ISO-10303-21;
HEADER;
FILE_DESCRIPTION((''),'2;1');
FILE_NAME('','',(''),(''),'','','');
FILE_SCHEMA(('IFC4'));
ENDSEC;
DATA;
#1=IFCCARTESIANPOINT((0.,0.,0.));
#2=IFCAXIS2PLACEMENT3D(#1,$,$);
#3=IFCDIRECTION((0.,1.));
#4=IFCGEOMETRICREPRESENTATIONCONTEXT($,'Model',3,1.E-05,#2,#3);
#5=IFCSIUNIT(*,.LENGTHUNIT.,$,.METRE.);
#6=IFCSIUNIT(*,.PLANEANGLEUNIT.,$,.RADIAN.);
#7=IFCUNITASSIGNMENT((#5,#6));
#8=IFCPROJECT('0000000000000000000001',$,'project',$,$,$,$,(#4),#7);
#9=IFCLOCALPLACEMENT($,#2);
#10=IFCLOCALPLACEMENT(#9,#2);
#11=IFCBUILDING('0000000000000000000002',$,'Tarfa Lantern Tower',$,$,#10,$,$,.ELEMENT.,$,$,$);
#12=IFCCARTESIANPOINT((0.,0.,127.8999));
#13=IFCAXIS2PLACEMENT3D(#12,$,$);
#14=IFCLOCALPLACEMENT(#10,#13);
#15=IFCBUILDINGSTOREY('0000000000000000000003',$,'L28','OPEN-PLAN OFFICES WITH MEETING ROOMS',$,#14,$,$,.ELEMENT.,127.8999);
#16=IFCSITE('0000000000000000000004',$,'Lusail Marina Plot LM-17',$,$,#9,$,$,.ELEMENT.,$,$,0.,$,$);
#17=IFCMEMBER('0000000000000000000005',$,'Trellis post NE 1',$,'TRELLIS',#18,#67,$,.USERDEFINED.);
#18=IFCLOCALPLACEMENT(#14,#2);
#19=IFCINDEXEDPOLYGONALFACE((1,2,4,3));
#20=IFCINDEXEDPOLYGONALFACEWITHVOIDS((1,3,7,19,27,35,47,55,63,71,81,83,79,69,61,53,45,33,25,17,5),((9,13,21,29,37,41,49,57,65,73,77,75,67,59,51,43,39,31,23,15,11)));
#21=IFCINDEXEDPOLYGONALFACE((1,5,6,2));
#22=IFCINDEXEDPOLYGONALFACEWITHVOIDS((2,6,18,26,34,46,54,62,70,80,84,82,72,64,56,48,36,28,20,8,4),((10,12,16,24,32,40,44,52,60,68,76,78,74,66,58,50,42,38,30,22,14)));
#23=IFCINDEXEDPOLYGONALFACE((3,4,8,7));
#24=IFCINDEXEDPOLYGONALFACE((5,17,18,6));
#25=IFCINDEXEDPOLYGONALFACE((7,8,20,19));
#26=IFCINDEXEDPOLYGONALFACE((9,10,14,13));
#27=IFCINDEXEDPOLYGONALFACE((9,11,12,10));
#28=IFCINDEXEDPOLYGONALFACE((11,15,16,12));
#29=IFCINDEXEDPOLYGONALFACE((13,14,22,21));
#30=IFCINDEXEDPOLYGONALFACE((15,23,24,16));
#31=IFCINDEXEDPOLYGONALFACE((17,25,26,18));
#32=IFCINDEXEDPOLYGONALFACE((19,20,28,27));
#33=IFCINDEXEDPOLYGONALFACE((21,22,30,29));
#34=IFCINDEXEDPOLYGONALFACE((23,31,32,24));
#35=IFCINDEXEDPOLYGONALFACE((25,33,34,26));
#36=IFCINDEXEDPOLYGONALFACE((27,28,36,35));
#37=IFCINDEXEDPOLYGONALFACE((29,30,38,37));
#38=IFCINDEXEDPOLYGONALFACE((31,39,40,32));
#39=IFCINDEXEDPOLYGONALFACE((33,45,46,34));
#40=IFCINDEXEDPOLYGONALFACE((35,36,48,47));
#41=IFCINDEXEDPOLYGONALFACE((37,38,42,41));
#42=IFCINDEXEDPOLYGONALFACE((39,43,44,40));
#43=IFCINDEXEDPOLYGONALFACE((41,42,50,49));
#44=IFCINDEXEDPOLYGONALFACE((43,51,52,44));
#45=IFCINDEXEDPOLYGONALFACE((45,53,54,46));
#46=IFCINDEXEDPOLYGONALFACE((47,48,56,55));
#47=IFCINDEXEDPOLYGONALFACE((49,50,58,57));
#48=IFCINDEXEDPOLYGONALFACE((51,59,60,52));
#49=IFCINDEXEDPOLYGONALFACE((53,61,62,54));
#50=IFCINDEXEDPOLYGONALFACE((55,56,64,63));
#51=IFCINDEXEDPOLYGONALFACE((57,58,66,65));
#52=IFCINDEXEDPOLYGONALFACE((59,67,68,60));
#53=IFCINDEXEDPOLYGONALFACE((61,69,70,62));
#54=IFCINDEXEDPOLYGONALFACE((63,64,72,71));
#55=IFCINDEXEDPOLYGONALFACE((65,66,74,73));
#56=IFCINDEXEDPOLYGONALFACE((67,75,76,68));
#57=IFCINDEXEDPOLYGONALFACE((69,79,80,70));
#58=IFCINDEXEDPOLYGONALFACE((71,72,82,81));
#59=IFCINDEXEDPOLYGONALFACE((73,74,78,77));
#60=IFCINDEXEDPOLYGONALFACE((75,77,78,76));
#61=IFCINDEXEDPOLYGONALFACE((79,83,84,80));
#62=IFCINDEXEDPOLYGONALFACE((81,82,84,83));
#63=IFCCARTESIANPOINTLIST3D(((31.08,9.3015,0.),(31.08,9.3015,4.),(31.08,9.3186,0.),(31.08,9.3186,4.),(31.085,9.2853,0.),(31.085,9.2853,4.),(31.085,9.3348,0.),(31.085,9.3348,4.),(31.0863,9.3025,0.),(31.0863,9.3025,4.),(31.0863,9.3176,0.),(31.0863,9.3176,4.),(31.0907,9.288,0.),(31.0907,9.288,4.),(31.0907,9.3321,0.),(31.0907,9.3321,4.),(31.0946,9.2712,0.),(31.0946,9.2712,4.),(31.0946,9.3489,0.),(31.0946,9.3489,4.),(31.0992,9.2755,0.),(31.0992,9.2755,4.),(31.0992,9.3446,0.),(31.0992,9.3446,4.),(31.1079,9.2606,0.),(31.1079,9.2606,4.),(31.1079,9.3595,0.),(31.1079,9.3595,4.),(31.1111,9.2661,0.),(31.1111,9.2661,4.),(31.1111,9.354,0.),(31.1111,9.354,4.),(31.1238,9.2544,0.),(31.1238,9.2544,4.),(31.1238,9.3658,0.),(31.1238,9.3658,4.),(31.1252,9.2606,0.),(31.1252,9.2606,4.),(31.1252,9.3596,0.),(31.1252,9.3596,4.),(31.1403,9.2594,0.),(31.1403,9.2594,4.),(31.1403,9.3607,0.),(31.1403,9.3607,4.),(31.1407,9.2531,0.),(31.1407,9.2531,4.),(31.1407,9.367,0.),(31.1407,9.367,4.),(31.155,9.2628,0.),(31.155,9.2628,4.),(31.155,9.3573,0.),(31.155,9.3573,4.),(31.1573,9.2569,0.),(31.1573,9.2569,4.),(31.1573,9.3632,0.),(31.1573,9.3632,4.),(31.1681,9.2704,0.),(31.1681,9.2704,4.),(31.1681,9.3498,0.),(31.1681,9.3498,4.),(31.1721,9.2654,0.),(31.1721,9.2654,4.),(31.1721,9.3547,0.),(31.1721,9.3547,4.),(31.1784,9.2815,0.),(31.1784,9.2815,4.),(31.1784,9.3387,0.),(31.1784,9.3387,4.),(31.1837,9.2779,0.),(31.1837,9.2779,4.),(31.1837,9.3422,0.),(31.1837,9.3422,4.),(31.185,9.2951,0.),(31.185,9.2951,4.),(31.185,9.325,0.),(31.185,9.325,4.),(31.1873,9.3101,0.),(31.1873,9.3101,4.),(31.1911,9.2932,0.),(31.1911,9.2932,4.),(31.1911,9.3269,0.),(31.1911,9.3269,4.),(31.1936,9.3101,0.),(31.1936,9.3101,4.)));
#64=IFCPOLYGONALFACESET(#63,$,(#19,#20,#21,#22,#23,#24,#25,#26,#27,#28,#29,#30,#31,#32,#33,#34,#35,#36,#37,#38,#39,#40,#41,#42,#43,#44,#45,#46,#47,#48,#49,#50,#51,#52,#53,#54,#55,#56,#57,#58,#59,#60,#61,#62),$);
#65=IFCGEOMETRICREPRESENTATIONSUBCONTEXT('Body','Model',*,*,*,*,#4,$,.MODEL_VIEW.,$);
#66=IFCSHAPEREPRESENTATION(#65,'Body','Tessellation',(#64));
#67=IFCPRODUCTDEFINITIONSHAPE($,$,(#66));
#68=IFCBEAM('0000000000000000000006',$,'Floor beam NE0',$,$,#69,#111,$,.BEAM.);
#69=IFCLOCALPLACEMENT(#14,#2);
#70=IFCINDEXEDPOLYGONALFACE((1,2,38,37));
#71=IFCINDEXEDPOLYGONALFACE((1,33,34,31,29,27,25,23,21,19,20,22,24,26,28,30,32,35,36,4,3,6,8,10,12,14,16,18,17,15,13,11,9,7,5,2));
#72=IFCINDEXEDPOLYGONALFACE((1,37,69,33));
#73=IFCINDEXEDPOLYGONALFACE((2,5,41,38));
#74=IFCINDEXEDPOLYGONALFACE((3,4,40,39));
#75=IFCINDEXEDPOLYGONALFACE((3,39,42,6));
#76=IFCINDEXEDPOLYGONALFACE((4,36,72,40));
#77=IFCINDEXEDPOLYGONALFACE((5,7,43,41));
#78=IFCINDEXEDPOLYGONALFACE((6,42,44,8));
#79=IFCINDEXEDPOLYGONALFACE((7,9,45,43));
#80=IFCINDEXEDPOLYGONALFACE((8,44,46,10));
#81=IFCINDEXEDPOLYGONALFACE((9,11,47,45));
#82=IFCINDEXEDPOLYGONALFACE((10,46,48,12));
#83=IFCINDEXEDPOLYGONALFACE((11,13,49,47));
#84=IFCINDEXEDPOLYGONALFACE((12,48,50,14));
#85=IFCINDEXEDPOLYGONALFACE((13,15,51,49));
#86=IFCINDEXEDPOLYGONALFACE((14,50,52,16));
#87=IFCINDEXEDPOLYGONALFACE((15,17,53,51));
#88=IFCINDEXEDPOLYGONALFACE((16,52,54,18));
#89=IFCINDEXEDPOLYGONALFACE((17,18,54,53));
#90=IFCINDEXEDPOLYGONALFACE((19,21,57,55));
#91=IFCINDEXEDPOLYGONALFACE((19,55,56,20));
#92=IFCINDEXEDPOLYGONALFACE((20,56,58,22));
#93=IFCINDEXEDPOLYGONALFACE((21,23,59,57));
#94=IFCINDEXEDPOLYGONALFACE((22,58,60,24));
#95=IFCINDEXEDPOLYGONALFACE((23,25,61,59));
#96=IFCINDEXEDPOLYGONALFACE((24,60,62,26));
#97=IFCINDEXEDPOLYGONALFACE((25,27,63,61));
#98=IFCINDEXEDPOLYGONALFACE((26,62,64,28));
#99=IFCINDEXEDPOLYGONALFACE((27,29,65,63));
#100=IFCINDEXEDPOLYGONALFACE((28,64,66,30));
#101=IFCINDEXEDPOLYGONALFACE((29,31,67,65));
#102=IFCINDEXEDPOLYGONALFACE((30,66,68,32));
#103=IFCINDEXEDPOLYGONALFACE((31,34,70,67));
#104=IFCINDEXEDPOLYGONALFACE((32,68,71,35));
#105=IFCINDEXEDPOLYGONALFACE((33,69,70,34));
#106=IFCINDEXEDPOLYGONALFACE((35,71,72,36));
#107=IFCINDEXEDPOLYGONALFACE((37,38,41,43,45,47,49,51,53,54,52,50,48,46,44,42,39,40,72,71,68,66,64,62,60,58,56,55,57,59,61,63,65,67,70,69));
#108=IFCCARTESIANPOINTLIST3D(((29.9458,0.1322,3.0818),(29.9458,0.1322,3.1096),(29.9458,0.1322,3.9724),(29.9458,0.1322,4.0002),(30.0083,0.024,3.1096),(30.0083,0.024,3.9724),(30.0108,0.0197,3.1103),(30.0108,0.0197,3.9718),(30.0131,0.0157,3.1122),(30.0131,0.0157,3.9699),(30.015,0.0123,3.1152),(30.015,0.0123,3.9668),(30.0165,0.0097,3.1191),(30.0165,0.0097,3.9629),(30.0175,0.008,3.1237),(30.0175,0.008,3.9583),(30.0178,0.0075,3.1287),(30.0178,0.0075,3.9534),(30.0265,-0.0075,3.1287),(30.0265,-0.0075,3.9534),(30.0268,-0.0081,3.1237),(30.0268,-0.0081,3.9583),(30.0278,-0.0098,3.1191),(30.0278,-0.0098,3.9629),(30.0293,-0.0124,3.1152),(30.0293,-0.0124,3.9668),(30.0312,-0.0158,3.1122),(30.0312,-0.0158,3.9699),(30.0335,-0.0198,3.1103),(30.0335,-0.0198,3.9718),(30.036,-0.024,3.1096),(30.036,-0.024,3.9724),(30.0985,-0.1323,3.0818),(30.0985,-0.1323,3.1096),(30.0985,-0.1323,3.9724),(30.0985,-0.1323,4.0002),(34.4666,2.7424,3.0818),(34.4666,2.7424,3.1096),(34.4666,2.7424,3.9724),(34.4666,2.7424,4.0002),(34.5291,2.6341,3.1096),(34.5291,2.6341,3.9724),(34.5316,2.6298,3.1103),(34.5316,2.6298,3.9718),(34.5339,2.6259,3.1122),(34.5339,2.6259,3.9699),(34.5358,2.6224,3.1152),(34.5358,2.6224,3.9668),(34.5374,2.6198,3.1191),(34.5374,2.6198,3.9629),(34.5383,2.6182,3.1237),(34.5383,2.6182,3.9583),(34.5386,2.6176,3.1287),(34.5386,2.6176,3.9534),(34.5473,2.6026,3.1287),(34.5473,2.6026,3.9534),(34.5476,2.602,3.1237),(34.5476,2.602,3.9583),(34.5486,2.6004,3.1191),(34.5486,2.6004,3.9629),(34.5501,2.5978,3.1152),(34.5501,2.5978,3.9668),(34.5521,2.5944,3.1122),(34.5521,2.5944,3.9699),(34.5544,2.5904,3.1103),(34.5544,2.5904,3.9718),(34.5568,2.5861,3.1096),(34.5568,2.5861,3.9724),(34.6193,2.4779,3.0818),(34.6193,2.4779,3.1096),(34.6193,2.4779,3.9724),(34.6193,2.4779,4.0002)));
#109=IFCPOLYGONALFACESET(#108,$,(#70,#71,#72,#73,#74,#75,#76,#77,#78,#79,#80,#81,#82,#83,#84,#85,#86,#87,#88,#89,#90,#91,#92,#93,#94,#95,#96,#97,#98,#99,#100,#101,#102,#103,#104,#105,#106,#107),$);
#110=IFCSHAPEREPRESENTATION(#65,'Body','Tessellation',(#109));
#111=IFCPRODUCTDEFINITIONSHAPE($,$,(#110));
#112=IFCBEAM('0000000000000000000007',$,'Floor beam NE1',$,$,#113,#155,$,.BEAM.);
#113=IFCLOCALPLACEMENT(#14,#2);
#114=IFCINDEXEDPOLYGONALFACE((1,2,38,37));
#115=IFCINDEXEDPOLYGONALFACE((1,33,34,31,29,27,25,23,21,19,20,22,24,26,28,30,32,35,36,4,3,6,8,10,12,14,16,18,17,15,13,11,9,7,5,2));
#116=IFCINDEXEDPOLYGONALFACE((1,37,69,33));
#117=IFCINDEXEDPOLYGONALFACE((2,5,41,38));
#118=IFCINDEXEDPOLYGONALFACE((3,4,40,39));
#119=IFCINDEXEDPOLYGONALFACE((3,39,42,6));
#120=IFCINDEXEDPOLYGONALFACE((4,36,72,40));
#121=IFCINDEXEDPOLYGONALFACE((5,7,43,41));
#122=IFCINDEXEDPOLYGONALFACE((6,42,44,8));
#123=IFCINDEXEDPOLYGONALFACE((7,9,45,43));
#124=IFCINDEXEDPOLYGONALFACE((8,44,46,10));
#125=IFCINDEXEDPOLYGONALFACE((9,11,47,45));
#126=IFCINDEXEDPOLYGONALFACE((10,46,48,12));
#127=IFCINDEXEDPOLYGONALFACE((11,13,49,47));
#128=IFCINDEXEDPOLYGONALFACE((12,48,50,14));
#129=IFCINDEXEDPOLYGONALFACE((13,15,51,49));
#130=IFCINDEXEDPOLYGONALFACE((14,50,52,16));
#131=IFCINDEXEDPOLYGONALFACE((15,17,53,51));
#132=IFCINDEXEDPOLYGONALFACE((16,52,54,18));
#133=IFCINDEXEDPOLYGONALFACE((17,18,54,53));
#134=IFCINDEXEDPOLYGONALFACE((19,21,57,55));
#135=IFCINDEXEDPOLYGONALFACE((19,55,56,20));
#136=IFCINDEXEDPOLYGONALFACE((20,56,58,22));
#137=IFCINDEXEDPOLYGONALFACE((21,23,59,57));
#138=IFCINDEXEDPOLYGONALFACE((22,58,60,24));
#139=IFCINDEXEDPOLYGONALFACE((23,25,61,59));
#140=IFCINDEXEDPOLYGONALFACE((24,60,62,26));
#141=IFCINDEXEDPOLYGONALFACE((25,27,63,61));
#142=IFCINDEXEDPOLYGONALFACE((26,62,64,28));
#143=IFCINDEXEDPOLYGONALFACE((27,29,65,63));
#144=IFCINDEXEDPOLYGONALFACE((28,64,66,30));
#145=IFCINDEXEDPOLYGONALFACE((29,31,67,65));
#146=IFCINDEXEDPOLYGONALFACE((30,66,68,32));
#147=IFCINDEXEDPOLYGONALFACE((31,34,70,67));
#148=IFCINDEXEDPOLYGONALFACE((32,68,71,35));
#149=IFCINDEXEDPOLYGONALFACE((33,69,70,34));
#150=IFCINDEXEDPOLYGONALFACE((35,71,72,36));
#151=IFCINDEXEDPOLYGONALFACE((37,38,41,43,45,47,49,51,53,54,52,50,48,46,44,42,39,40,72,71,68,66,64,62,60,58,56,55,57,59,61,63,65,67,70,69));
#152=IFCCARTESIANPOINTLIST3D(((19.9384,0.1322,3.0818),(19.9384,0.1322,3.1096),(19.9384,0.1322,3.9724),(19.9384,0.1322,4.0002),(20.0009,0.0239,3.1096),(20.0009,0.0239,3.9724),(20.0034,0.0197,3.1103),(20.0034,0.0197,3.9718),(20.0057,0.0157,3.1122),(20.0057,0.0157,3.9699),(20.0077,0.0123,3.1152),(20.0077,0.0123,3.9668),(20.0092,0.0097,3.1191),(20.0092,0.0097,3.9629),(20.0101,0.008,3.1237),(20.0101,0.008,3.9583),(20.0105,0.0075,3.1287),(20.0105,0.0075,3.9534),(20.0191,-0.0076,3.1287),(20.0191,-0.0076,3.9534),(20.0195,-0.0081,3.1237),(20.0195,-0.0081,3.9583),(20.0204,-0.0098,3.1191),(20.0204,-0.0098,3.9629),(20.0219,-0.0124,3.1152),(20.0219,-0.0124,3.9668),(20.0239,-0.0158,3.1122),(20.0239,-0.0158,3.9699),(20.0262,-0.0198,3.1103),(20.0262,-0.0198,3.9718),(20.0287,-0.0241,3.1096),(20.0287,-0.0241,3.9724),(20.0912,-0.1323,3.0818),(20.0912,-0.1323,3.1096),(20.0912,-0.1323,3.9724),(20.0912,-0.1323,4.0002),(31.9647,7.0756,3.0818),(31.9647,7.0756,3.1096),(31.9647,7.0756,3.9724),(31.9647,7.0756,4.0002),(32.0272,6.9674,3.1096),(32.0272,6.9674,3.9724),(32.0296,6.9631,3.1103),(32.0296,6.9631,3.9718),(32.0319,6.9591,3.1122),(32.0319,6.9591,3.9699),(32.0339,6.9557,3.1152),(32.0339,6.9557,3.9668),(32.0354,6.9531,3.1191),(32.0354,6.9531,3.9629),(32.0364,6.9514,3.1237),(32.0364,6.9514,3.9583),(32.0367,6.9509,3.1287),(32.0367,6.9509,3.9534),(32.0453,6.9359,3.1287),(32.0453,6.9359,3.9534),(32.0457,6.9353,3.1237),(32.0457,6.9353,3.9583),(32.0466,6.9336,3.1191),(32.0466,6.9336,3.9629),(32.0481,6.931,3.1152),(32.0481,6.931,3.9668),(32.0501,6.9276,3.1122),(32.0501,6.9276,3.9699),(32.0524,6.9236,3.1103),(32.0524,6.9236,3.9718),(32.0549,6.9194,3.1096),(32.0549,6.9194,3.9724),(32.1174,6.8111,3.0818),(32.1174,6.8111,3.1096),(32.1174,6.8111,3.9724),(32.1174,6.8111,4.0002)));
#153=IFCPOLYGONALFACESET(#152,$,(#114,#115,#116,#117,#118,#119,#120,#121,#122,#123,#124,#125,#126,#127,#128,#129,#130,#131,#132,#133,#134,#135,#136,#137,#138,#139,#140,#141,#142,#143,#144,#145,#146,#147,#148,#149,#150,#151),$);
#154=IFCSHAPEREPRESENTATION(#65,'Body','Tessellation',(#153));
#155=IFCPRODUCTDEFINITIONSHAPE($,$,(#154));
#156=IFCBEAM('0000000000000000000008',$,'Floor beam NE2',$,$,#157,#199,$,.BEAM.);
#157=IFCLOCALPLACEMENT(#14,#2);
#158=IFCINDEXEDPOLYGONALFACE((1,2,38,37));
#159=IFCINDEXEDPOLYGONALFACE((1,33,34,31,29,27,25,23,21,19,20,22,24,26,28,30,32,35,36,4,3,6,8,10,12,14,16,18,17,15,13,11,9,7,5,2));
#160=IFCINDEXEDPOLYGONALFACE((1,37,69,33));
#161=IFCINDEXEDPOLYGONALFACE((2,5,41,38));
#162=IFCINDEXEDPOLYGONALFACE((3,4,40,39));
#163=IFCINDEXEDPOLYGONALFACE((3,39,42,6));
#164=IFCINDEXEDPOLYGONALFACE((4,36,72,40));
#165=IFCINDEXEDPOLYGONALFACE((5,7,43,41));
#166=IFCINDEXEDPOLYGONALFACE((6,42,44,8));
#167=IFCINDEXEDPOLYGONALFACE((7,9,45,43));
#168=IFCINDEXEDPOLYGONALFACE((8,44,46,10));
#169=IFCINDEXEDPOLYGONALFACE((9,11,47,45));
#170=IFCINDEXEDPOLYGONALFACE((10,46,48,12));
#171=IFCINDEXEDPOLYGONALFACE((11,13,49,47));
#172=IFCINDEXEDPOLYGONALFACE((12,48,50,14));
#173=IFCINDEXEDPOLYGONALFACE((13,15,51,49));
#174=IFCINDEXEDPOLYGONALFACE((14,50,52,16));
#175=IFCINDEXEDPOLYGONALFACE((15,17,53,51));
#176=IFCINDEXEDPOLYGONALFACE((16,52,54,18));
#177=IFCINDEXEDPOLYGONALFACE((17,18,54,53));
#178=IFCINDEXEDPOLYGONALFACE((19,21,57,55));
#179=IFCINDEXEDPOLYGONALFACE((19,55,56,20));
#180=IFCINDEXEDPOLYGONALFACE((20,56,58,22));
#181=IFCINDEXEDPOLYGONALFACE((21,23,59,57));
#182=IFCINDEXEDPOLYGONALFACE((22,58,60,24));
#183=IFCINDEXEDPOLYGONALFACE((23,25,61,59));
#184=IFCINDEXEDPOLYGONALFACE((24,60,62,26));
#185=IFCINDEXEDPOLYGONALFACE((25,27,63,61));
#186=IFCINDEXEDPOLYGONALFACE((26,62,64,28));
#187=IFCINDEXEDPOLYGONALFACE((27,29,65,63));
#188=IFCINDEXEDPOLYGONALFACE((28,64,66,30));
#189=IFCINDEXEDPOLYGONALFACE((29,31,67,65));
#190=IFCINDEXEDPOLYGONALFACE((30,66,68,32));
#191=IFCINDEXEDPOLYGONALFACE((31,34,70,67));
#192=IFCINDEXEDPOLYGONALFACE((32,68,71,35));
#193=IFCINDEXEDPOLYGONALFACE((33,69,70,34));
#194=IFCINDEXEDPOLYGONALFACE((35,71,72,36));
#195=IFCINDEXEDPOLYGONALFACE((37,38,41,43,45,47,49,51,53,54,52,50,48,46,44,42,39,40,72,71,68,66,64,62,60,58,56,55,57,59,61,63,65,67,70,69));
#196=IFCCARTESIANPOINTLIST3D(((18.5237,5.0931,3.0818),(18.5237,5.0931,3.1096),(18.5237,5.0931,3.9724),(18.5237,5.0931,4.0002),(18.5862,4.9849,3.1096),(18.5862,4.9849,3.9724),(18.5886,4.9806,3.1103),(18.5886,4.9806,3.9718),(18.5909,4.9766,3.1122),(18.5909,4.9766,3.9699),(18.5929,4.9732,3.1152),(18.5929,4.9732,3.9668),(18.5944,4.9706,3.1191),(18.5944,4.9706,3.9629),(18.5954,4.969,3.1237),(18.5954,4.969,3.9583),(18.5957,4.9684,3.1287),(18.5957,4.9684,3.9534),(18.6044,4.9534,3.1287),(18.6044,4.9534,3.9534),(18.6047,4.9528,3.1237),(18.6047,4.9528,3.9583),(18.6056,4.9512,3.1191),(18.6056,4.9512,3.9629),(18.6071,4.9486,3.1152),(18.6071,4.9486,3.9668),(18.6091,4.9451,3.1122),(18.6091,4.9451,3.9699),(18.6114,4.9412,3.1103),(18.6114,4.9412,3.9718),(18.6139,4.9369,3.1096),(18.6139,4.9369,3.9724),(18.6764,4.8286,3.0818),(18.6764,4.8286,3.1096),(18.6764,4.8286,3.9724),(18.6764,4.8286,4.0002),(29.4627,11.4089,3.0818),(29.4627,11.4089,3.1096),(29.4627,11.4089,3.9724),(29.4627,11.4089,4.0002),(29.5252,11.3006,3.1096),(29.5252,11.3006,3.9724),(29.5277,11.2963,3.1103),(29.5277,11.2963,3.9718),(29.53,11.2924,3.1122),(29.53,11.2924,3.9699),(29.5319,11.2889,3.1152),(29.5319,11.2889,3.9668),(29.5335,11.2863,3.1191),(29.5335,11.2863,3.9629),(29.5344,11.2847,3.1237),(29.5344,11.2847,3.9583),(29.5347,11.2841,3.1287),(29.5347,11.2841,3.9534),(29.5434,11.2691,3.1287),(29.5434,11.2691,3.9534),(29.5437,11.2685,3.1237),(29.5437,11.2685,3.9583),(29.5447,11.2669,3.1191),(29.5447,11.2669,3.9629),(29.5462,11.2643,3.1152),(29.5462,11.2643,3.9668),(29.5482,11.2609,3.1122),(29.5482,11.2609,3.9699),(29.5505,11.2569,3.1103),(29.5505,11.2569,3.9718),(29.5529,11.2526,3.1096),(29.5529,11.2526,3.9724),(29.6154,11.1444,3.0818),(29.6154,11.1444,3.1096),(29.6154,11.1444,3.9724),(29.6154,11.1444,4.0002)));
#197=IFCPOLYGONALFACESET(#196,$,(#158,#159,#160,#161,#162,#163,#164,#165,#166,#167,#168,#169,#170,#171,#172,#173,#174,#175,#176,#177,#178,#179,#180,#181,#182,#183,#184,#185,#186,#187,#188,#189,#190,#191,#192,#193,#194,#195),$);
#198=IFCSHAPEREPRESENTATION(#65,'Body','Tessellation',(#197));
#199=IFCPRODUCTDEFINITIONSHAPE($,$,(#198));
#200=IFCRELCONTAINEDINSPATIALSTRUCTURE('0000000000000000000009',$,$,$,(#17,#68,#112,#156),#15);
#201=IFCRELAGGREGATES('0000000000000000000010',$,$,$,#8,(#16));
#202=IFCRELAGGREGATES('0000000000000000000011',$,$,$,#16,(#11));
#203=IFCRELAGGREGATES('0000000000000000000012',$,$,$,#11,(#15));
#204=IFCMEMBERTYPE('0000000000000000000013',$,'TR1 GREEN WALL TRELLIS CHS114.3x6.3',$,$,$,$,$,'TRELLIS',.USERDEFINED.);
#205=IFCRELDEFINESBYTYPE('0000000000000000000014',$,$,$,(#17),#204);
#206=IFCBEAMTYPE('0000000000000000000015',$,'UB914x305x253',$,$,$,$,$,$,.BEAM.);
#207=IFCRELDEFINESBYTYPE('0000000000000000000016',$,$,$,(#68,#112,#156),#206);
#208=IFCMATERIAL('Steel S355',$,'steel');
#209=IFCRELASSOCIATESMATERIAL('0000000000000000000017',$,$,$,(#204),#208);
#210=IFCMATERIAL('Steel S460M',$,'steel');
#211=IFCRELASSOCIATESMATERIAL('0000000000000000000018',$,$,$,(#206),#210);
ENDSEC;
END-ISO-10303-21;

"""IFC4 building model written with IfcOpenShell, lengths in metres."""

from ifc_helpers import new_model, si_unit, direction, frame, origin, origin_2d, place, context, subcontext, project, spatial, hollow_circle, i_section, extrude, material, material_profile, profile_set, type_object, element, save


model = new_model("IFC4")

# Units and contexts
model_context = context("Model", 3, precision=1e-05, world=origin(), true_north=direction((0.0, 1.0)))
body_context = subcontext(model_context, "Body", "Model", "MODEL_VIEW")
ifc_project = project(units=[si_unit("LENGTHUNIT", "METRE"), si_unit("PLANEANGLEUNIT", "RADIAN")], contexts=[model_context])

# Site, building, storey
site_placement = place(None, origin())
site = spatial("IfcSite", under=ifc_project, at=site_placement, Name="Lusail Marina Plot LM-17", CompositionType="ELEMENT", RefElevation=0.0)
building_placement = place(site_placement, origin())
building = spatial("IfcBuilding", under=site, at=building_placement, Name="Tarfa Lantern Tower", CompositionType="ELEMENT")
storey_placement = place(building_placement, frame((0.0, 0.0, 127.8999)))
storey = spatial("IfcBuildingStorey", under=building, at=storey_placement, Name="L28", Description="OPEN-PLAN OFFICES WITH MEETING ROOMS", CompositionType="ELEMENT", Elevation=127.8999)

# Member
ifc_material_1 = material(Name="Steel S355", Category="steel")
ifc_material_profile_1 = material_profile(ifc_material_1, hollow_circle(Radius=0.0571, WallThickness=0.0063, at=origin_2d()), Name="CHS114.3x6.3")
ifc_profile_set_1 = profile_set([ifc_material_profile_1], Name="Steel S355")
member_type_1 = type_object("IfcMemberType", Name="TR1 GREEN WALL TRELLIS CHS114.3x6.3", ElementType="TRELLIS", PredefinedType="USERDEFINED", material=ifc_profile_set_1)
member_1_placement = place(storey_placement, frame((31.1365, 9.3101, 0.0), z_axis=(0.0, 0.0, 1.0), x_axis=(1.0, 0.0, 0.0)))
element("IfcMember", 1, at=member_1_placement, inside=storey, type_object=member_type_1, Name="Trellis post NE 1", ObjectType="TRELLIS", PredefinedType="USERDEFINED", context=body_context, shape_type="SweptSolid", body=[
    extrude(hollow_circle(Radius=0.0571, WallThickness=0.0063, at=origin_2d()), origin(), (0.0, 0.0, 1.0), 4.0),
])

# Beams
ifc_material_2 = material(Name="Steel S460M", Category="steel")
ifc_material_profile_2 = material_profile(ifc_material_2, i_section(OverallWidth=0.3054, OverallDepth=0.9185, WebThickness=0.0173, FlangeThickness=0.0278, FilletRadius=0.019, at=origin_2d()), Name="UB914x305x253")
ifc_profile_set_2 = profile_set([ifc_material_profile_2], Name="Steel S460M")
beam_type_1 = type_object("IfcBeamType", Name="UB914x305x253", PredefinedType="BEAM", material=ifc_profile_set_2)
beam_1_placement = place(storey_placement, frame((34.543, 2.6101, 3.541), z_axis=(-0.866021, -0.500007, 0.0), x_axis=(0.500007, -0.866021, 0.0)))
element("IfcBeam", 2, at=beam_1_placement, inside=storey, type_object=beam_type_1, Name="Floor beam NE0", PredefinedType="BEAM", context=body_context, shape_type="SweptSolid", body=[
    extrude(i_section(OverallWidth=0.3054, OverallDepth=0.9185, WebThickness=0.0173, FlangeThickness=0.0278, FilletRadius=0.019, at=origin_2d()), origin(), (0.0, 0.0, 1.0), 5.2202),
])
beam_2_placement = place(storey_placement, frame((32.041, 6.9434, 3.541), z_axis=(-0.866023, -0.500004, 0.0), x_axis=(0.500004, -0.866023, 0.0)))
element("IfcBeam", 3, at=beam_2_placement, inside=storey, type_object=beam_type_1, Name="Floor beam NE1", PredefinedType="BEAM", context=body_context, shape_type="SweptSolid", body=[
    extrude(i_section(OverallWidth=0.3054, OverallDepth=0.9185, WebThickness=0.0173, FlangeThickness=0.0278, FilletRadius=0.019, at=origin_2d()), origin(), (0.0, 0.0, 1.0), 13.8867),
])
beam_3_placement = place(storey_placement, frame((29.5391, 11.2766, 3.541), z_axis=(-0.866023, -0.500004, 0.0), x_axis=(0.500004, -0.866023, 0.0)))
element("IfcBeam", 4, at=beam_3_placement, inside=storey, type_object=beam_type_1, Name="Floor beam NE2", PredefinedType="BEAM", context=body_context, shape_type="SweptSolid", body=[
    extrude(i_section(OverallWidth=0.3054, OverallDepth=0.9185, WebThickness=0.0173, FlangeThickness=0.0278, FilletRadius=0.019, at=origin_2d()), origin(), (0.0, 0.0, 1.0), 12.6313),
])

save(model, "model.ifc")
